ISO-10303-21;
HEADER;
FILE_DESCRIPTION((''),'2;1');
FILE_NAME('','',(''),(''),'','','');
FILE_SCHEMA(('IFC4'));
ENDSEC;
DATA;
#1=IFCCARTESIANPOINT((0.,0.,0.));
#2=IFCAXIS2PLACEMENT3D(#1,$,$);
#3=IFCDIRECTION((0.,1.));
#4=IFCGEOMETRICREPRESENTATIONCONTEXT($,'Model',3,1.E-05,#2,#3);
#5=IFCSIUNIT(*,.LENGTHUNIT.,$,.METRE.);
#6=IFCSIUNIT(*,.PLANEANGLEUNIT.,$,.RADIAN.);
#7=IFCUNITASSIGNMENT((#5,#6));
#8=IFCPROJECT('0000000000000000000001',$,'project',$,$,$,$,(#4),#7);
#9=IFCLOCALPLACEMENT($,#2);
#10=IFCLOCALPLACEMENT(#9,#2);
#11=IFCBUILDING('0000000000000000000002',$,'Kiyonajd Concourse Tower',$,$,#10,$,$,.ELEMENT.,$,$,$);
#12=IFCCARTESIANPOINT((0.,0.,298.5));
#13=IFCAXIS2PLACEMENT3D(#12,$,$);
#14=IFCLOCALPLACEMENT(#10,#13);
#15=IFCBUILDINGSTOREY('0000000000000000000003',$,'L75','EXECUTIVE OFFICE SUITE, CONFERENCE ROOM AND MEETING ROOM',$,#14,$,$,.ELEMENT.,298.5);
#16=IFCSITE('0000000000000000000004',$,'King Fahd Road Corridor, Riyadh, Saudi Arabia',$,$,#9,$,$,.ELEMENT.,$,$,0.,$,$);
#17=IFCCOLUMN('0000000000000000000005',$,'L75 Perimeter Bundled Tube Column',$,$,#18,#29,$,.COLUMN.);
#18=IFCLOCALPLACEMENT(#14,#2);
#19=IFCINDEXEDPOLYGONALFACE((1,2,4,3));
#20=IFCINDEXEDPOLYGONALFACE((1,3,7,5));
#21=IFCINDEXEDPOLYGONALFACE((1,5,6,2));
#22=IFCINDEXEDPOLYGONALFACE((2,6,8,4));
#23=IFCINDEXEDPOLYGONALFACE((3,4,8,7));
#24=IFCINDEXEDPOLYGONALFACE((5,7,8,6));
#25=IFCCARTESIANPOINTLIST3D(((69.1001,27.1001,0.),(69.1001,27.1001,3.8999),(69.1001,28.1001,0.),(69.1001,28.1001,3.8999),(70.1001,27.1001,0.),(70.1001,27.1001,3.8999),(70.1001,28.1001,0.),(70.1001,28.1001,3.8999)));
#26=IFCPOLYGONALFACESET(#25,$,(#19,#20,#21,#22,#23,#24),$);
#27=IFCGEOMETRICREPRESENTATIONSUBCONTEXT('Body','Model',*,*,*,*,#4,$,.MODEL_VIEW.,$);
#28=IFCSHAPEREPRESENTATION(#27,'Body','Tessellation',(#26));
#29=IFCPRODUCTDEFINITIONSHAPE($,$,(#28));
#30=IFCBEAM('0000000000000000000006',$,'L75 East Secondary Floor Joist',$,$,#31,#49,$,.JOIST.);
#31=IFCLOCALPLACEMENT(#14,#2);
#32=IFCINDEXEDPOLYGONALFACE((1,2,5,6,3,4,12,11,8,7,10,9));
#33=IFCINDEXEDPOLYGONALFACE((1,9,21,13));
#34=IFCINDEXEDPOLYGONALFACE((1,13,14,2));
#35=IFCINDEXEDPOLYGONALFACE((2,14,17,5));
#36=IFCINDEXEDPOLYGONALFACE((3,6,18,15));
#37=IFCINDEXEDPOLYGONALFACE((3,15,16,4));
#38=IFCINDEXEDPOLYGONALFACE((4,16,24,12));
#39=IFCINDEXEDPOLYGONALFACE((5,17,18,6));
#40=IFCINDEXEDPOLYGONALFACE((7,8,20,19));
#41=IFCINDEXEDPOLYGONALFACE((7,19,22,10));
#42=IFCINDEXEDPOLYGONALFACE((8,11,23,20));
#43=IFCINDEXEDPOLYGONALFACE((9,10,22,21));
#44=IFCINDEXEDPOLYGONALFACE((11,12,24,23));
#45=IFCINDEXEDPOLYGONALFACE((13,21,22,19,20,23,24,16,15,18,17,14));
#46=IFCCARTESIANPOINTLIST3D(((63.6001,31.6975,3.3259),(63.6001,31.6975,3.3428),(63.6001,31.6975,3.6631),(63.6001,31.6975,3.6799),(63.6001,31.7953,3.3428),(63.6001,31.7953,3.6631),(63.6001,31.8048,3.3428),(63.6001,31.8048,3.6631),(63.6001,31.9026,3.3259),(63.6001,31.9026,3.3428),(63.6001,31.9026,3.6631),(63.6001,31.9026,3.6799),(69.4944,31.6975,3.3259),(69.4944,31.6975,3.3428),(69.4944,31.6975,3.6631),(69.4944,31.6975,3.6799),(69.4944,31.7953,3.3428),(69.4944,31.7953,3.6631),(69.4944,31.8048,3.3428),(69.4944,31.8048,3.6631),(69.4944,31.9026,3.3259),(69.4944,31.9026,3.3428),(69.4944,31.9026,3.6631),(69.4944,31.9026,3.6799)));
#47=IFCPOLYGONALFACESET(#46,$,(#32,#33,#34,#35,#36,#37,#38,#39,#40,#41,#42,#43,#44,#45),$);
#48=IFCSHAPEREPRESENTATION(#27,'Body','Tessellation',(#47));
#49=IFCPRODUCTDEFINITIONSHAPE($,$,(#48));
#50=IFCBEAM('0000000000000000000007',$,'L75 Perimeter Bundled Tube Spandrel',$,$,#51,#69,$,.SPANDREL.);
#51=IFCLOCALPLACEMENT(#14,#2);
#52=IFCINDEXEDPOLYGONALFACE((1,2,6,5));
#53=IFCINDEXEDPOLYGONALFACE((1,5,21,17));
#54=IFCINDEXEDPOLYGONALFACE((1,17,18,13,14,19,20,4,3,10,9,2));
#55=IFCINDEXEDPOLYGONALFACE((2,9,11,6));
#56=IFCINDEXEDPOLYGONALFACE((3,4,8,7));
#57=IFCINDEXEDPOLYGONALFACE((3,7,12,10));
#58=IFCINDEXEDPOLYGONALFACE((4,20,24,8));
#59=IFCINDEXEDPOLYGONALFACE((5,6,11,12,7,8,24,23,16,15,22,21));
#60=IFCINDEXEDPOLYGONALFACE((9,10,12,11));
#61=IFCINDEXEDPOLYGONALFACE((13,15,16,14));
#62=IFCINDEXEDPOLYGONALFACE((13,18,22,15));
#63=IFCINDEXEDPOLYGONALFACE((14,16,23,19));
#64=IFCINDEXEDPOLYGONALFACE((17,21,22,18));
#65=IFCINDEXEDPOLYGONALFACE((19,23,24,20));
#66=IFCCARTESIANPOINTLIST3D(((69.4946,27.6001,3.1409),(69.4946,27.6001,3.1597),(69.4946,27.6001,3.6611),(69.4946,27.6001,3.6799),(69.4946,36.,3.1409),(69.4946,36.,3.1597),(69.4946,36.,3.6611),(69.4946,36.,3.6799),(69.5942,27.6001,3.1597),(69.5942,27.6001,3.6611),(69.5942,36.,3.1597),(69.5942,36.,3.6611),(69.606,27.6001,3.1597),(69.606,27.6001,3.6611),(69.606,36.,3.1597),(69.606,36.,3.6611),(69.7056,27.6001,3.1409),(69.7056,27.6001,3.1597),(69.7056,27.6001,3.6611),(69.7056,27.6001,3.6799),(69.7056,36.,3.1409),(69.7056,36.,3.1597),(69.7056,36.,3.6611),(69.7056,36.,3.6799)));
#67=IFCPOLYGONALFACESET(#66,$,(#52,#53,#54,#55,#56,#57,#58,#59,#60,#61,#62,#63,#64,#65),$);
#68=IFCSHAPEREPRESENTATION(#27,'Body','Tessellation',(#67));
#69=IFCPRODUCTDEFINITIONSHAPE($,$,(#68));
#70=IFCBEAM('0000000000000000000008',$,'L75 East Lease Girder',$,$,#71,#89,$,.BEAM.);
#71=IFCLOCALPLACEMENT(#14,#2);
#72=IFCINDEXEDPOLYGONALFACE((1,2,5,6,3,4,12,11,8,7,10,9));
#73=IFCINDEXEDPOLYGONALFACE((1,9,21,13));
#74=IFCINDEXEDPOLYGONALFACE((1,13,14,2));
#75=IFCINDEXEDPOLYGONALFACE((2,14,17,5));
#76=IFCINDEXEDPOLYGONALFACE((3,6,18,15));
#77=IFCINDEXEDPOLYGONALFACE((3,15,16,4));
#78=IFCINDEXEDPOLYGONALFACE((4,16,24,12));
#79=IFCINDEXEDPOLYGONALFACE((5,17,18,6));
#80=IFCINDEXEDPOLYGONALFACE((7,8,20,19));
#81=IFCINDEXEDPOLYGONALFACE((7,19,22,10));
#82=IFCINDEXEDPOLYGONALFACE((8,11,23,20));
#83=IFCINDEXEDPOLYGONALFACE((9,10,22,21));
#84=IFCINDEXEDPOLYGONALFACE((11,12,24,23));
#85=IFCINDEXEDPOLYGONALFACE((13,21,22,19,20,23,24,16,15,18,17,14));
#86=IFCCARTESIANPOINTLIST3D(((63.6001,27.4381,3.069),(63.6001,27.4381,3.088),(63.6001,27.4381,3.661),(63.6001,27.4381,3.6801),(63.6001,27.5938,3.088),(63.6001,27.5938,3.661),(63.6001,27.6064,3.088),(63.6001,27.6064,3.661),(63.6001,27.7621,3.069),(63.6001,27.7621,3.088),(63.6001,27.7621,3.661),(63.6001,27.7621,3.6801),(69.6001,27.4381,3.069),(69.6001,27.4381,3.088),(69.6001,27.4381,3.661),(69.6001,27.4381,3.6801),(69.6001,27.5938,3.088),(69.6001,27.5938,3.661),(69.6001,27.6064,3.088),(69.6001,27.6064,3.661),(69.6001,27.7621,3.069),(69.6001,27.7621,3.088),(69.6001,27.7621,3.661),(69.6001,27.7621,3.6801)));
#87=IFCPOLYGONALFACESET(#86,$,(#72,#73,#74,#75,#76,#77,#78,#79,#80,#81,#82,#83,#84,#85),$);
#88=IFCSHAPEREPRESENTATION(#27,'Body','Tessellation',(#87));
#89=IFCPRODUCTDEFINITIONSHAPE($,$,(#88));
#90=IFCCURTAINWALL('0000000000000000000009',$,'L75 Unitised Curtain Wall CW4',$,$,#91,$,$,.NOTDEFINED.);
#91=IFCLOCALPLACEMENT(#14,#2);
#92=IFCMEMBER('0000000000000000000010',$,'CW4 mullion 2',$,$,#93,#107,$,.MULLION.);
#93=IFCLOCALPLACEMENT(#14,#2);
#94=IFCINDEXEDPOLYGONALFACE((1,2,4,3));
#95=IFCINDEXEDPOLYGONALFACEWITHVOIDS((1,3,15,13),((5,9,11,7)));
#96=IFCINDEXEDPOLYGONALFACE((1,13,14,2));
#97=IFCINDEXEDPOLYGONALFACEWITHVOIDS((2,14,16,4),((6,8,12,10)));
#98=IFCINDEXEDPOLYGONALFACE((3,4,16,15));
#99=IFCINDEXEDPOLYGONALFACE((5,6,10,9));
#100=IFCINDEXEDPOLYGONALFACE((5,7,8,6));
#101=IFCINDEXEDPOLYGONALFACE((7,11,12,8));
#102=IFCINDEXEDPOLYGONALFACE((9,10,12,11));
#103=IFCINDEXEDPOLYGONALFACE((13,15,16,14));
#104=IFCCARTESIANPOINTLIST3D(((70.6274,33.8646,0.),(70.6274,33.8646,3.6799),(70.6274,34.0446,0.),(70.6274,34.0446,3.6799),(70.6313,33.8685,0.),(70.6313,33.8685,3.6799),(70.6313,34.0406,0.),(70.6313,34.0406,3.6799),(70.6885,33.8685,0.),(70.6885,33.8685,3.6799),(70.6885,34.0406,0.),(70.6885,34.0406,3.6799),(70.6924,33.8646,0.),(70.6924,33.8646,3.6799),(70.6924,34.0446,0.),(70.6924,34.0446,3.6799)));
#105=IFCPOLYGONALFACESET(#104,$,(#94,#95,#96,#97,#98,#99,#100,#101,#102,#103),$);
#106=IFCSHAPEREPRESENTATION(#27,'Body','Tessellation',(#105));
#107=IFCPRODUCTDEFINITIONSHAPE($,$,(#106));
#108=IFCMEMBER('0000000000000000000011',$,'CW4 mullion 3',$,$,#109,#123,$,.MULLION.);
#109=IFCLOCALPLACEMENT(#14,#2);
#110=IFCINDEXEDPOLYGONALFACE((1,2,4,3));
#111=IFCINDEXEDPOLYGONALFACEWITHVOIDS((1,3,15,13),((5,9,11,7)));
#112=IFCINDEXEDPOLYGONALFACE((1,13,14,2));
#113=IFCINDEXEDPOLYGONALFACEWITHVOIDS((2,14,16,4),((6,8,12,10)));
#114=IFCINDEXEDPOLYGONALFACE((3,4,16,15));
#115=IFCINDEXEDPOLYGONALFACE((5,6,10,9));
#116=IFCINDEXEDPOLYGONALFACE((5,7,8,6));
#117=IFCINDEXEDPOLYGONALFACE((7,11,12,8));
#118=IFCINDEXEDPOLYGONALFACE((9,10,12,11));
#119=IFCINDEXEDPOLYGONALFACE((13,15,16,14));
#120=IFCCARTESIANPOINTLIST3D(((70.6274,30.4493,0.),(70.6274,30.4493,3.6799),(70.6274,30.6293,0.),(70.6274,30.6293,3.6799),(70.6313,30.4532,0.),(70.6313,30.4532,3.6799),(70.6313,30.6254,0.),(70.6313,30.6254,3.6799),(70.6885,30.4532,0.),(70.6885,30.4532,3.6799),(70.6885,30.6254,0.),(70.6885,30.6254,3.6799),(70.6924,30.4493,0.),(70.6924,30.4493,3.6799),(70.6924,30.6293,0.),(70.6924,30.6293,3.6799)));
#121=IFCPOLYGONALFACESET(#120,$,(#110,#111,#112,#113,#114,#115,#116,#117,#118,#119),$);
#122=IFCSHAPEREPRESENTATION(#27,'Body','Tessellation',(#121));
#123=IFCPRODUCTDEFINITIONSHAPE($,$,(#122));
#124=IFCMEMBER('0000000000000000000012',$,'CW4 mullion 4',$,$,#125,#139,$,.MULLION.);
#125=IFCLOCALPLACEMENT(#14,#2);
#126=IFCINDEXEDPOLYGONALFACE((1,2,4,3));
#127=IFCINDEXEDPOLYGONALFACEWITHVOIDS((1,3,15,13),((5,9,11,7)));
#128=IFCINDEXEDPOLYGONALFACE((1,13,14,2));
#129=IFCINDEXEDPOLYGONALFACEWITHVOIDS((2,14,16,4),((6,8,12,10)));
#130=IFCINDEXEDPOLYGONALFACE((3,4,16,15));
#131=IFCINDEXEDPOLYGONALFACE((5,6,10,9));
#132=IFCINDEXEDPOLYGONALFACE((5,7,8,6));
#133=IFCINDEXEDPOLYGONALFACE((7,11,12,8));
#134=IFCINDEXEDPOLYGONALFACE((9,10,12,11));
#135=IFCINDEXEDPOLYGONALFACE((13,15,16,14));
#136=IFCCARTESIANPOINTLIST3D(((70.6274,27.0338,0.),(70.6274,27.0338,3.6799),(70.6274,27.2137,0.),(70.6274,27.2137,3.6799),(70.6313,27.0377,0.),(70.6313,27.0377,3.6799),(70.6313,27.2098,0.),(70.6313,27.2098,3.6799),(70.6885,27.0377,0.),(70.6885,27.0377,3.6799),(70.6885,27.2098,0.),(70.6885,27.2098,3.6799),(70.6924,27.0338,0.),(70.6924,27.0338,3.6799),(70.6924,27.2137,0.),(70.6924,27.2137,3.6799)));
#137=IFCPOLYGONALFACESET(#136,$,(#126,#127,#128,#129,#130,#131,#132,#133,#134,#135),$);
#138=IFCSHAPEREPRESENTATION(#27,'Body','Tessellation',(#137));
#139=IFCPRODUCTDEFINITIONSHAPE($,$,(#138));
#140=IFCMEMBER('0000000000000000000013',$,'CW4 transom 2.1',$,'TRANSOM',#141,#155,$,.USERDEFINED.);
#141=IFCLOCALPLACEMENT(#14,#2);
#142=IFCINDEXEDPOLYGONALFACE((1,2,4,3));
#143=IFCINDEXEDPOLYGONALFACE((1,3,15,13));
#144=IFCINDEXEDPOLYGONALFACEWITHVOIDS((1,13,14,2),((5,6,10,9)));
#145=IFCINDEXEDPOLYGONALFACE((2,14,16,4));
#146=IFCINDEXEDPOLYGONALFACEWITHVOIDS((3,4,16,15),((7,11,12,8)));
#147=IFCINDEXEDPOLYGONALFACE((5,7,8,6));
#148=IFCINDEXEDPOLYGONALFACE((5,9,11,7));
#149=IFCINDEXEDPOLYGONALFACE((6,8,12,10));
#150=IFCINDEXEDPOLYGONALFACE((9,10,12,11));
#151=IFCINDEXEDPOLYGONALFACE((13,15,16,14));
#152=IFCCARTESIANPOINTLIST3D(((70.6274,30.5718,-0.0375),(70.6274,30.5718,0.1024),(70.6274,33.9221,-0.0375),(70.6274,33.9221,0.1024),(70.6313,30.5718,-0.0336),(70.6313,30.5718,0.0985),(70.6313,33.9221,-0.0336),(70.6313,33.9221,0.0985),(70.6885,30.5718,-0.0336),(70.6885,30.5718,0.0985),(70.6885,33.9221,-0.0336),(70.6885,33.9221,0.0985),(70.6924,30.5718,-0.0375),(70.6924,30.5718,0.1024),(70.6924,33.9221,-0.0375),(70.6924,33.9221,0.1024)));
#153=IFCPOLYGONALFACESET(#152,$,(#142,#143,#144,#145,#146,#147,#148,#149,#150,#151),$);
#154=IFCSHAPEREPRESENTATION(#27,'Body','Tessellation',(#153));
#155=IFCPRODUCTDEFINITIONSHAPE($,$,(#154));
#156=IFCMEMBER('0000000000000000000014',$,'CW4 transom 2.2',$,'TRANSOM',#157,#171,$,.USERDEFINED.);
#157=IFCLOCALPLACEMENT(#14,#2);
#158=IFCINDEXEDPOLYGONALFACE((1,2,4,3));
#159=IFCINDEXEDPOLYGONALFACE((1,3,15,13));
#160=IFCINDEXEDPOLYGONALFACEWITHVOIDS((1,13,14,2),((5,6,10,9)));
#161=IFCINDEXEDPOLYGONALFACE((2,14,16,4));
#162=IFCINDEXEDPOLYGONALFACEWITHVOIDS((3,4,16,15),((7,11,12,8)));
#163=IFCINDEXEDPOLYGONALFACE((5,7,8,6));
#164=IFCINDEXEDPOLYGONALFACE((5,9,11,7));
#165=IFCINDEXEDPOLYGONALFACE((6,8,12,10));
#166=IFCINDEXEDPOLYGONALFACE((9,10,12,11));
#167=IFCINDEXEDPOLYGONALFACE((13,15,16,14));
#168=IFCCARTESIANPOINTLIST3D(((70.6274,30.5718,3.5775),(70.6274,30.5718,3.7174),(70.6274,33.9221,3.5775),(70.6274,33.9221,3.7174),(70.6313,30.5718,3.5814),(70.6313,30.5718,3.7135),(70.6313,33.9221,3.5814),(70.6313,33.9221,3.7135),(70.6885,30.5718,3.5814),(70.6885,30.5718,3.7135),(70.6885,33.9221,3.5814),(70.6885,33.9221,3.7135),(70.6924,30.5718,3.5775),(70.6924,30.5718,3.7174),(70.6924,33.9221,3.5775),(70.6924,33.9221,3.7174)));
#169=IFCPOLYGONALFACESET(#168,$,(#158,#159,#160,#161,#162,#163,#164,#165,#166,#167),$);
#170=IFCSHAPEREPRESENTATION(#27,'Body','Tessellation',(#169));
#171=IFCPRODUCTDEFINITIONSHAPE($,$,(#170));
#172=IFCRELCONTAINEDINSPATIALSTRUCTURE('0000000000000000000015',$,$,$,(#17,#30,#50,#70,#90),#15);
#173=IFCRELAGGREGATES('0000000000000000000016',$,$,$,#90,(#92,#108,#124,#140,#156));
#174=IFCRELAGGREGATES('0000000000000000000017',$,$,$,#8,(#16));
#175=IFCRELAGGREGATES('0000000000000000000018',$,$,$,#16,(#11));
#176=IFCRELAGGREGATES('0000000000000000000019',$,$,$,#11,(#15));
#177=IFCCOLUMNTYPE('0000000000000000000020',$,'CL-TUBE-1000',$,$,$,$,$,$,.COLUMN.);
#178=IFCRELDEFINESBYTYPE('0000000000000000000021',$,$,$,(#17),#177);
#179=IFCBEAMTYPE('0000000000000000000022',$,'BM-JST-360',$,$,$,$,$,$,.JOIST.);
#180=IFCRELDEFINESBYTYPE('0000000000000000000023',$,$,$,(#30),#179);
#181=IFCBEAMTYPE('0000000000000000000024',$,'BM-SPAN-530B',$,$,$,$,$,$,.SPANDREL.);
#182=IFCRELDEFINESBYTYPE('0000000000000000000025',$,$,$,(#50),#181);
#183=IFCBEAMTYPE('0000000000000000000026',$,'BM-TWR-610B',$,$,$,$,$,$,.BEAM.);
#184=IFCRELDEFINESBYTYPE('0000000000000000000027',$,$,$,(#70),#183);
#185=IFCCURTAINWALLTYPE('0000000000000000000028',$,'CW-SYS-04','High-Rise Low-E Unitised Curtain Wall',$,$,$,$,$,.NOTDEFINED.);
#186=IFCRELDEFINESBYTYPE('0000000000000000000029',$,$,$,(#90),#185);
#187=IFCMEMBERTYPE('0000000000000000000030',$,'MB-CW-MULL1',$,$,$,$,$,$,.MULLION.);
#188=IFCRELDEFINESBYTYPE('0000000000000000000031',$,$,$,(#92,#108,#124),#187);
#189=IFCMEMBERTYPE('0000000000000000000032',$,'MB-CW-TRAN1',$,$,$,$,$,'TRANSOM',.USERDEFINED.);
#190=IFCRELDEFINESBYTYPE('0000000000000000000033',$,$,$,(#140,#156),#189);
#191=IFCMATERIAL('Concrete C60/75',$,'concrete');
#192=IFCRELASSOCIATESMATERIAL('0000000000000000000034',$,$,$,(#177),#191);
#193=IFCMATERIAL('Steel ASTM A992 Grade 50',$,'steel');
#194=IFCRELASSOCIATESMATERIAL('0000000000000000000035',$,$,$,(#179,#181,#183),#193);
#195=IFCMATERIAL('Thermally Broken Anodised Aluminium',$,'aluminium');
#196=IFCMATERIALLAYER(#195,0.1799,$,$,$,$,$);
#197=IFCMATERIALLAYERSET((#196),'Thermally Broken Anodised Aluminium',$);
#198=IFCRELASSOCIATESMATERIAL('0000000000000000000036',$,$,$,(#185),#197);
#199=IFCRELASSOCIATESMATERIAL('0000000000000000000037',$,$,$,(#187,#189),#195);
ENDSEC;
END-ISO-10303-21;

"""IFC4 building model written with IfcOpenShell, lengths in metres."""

from ifc_helpers import new_model, si_unit, direction, frame, origin, origin_2d, place, context, subcontext, project, spatial, rectangle, hollow_rectangle, i_section, extrude, material, layer, layer_set, material_profile, profile_set, type_object, element, aggregate, save


model = new_model("IFC4")

# Units and contexts
model_context = context("Model", 3, precision=1e-05, world=origin(), true_north=direction((0.0, 1.0)))
body_context = subcontext(model_context, "Body", "Model", "MODEL_VIEW")
ifc_project = project(units=[si_unit("LENGTHUNIT", "METRE"), si_unit("PLANEANGLEUNIT", "RADIAN")], contexts=[model_context])

# Site, building, storey
site_placement = place(None, origin())
site = spatial("IfcSite", under=ifc_project, at=site_placement, Name="King Fahd Road Corridor, Riyadh, Saudi Arabia", CompositionType="ELEMENT", RefElevation=0.0)
building_placement = place(site_placement, origin())
building = spatial("IfcBuilding", under=site, at=building_placement, Name="Kiyonajd Concourse Tower", CompositionType="ELEMENT")
storey_placement = place(building_placement, frame((0.0, 0.0, 298.5)))
storey = spatial("IfcBuildingStorey", under=building, at=storey_placement, Name="L75", Description="EXECUTIVE OFFICE SUITE, CONFERENCE ROOM AND MEETING ROOM", CompositionType="ELEMENT", Elevation=298.5)

# Column
ifc_material_1 = material(Name="Concrete C60/75", Category="concrete")
ifc_material_profile_1 = material_profile(ifc_material_1, rectangle(XDim=1.0, YDim=1.0, at=origin_2d()), Name="RC-1000x1000")
ifc_profile_set_1 = profile_set([ifc_material_profile_1], Name="Concrete C60/75")
column_type = type_object("IfcColumnType", Name="CL-TUBE-1000", PredefinedType="COLUMN", material=ifc_profile_set_1)
column_placement = place(storey_placement, frame((69.6001, 27.6001, 0.0), z_axis=(0.0, 0.0, 1.0), x_axis=(1.0, 0.0, 0.0)))
element("IfcColumn", 1, at=column_placement, inside=storey, type_object=column_type, Name="L75 Perimeter Bundled Tube Column", PredefinedType="COLUMN", context=body_context, shape_type="SweptSolid", body=[
    extrude(rectangle(XDim=1.0, YDim=1.0, at=origin_2d()), origin(), (0.0, 0.0, 1.0), 3.8999),
])

# Beams
ifc_material_2 = material(Name="Steel ASTM A992 Grade 50", Category="steel")
ifc_material_profile_2 = material_profile(ifc_material_2, i_section(OverallWidth=0.2051, OverallDepth=0.354, WebThickness=0.0095, FlangeThickness=0.0168, at=origin_2d()), Name="W360X79")
ifc_profile_set_2 = profile_set([ifc_material_profile_2], Name="Steel ASTM A992 Grade 50")
beam_type_1 = type_object("IfcBeamType", Name="BM-JST-360", PredefinedType="JOIST", material=ifc_profile_set_2)
beam_1_placement = place(storey_placement, frame((63.6001, 31.8, 3.5029), z_axis=(1.0, 0.0, 0.0), x_axis=(0.0, 1.0, 0.0)))
element("IfcBeam", 2, at=beam_1_placement, inside=storey, type_object=beam_type_1, Name="L75 East Secondary Floor Joist", PredefinedType="JOIST", context=body_context, shape_type="SweptSolid", body=[
    extrude(i_section(OverallWidth=0.2051, OverallDepth=0.354, WebThickness=0.0095, FlangeThickness=0.0168, at=origin_2d()), origin(), (0.0, 0.0, 1.0), 5.8943),
])
ifc_material_profile_3 = material_profile(ifc_material_2, i_section(OverallWidth=0.2109, OverallDepth=0.5391, WebThickness=0.0117, FlangeThickness=0.0188, at=origin_2d()), Name="W530X109")
ifc_profile_set_3 = profile_set([ifc_material_profile_3], Name="Steel ASTM A992 Grade 50")
beam_type_2 = type_object("IfcBeamType", Name="BM-SPAN-530B", PredefinedType="SPANDREL", material=ifc_profile_set_3)
beam_2_placement = place(storey_placement, frame((69.6001, 27.6001, 3.4104), z_axis=(0.0, 1.0, 0.0), x_axis=(-1.0, 0.0, 0.0)))
element("IfcBeam", 3, at=beam_2_placement, inside=storey, type_object=beam_type_2, Name="L75 Perimeter Bundled Tube Spandrel", PredefinedType="SPANDREL", context=body_context, shape_type="SweptSolid", body=[
    extrude(i_section(OverallWidth=0.2109, OverallDepth=0.5391, WebThickness=0.0117, FlangeThickness=0.0188, at=origin_2d()), origin(), (0.0, 0.0, 1.0), 8.3999),
])
ifc_material_profile_4 = material_profile(ifc_material_2, i_section(OverallWidth=0.324, OverallDepth=0.6111, WebThickness=0.0127, FlangeThickness=0.019, at=origin_2d()), Name="W610X155")
ifc_profile_set_4 = profile_set([ifc_material_profile_4], Name="Steel ASTM A992 Grade 50")
beam_type_3 = type_object("IfcBeamType", Name="BM-TWR-610B", PredefinedType="BEAM", material=ifc_profile_set_4)
beam_3_placement = place(storey_placement, frame((63.6001, 27.6001, 3.3745), z_axis=(1.0, 0.0, 0.0), x_axis=(0.0, 1.0, 0.0)))
element("IfcBeam", 4, at=beam_3_placement, inside=storey, type_object=beam_type_3, Name="L75 East Lease Girder", PredefinedType="BEAM", context=body_context, shape_type="SweptSolid", body=[
    extrude(i_section(OverallWidth=0.324, OverallDepth=0.6111, WebThickness=0.0127, FlangeThickness=0.019, at=origin_2d()), origin(), (0.0, 0.0, 1.0), 6.0),
])

# Curtain wall, members
ifc_material_3 = material(Name="Thermally Broken Anodised Aluminium", Category="aluminium")
ifc_layer_1 = layer(ifc_material_3, 0.1799)
ifc_layer_set_1 = layer_set([ifc_layer_1], Name="Thermally Broken Anodised Aluminium")
curtain_wall_type = type_object("IfcCurtainWallType", Name="CW-SYS-04", Description="High-Rise Low-E Unitised Curtain Wall", PredefinedType="NOTDEFINED", material=ifc_layer_set_1)
curtain_wall_placement = place(storey_placement, origin())
curtain_wall = element("IfcCurtainWall", 5, at=curtain_wall_placement, inside=storey, type_object=curtain_wall_type, Name="L75 Unitised Curtain Wall CW4", PredefinedType="NOTDEFINED")
ifc_material_profile_5 = material_profile(ifc_material_3, hollow_rectangle(XDim=0.0649, YDim=0.1799, WallThickness=0.0039, at=origin_2d()), Name="MULL-65x180")
ifc_profile_set_5 = profile_set([ifc_material_profile_5], Name="Thermally Broken Anodised Aluminium")
member_type_1 = type_object("IfcMemberType", Name="MB-CW-MULL1", PredefinedType="MULLION", material=ifc_profile_set_5)
member_1_placement = place(storey_placement, frame((70.6599, 33.9546, 0.0), z_axis=(0.0, 0.0, 1.0), x_axis=(1.0, 0.0, 0.0)))
member_1 = element("IfcMember", 6, at=member_1_placement, type_object=member_type_1, Name="CW4 mullion 2", PredefinedType="MULLION", context=body_context, shape_type="SweptSolid", body=[
    extrude(hollow_rectangle(XDim=0.0649, YDim=0.1799, WallThickness=0.0039, at=origin_2d()), origin(), (0.0, 0.0, 1.0), 3.6799),
])
member_2_placement = place(storey_placement, frame((70.6599, 30.5393, 0.0), z_axis=(0.0, 0.0, 1.0), x_axis=(1.0, 0.0, 0.0)))
member_2 = element("IfcMember", 7, at=member_2_placement, type_object=member_type_1, Name="CW4 mullion 3", PredefinedType="MULLION", context=body_context, shape_type="SweptSolid", body=[
    extrude(hollow_rectangle(XDim=0.0649, YDim=0.1799, WallThickness=0.0039, at=origin_2d()), origin(), (0.0, 0.0, 1.0), 3.6799),
])
member_3_placement = place(storey_placement, frame((70.6599, 27.1238, 0.0), z_axis=(0.0, 0.0, 1.0), x_axis=(1.0, 0.0, 0.0)))
member_3 = element("IfcMember", 8, at=member_3_placement, type_object=member_type_1, Name="CW4 mullion 4", PredefinedType="MULLION", context=body_context, shape_type="SweptSolid", body=[
    extrude(hollow_rectangle(XDim=0.0649, YDim=0.1799, WallThickness=0.0039, at=origin_2d()), origin(), (0.0, 0.0, 1.0), 3.6799),
])
ifc_material_profile_6 = material_profile(ifc_material_3, hollow_rectangle(XDim=0.0649, YDim=0.1399, WallThickness=0.0039, at=origin_2d()), Name="TRAN-65x140")
ifc_profile_set_6 = profile_set([ifc_material_profile_6], Name="Thermally Broken Anodised Aluminium")
member_type_2 = type_object("IfcMemberType", Name="MB-CW-TRAN1", ElementType="TRANSOM", PredefinedType="USERDEFINED", material=ifc_profile_set_6)
member_4_placement = place(storey_placement, frame((70.6599, 33.9221, 0.0325), z_axis=(0.0, -1.0, 0.0), x_axis=(1.0, 0.0, 0.0)))
member_4 = element("IfcMember", 9, at=member_4_placement, type_object=member_type_2, Name="CW4 transom 2.1", ObjectType="TRANSOM", PredefinedType="USERDEFINED", context=body_context, shape_type="SweptSolid", body=[
    extrude(hollow_rectangle(XDim=0.0649, YDim=0.1399, WallThickness=0.0039, at=origin_2d()), origin(), (0.0, 0.0, 1.0), 3.3503),
])
member_5_placement = place(storey_placement, frame((70.6599, 33.9221, 3.6475), z_axis=(0.0, -1.0, 0.0), x_axis=(1.0, 0.0, 0.0)))
member_5 = element("IfcMember", 10, at=member_5_placement, type_object=member_type_2, Name="CW4 transom 2.2", ObjectType="TRANSOM", PredefinedType="USERDEFINED", context=body_context, shape_type="SweptSolid", body=[
    extrude(hollow_rectangle(XDim=0.0649, YDim=0.1399, WallThickness=0.0039, at=origin_2d()), origin(), (0.0, 0.0, 1.0), 3.3503),
])

aggregate(curtain_wall, [member_1, member_2, member_3, member_4, member_5])

save(model, "model.ifc")
